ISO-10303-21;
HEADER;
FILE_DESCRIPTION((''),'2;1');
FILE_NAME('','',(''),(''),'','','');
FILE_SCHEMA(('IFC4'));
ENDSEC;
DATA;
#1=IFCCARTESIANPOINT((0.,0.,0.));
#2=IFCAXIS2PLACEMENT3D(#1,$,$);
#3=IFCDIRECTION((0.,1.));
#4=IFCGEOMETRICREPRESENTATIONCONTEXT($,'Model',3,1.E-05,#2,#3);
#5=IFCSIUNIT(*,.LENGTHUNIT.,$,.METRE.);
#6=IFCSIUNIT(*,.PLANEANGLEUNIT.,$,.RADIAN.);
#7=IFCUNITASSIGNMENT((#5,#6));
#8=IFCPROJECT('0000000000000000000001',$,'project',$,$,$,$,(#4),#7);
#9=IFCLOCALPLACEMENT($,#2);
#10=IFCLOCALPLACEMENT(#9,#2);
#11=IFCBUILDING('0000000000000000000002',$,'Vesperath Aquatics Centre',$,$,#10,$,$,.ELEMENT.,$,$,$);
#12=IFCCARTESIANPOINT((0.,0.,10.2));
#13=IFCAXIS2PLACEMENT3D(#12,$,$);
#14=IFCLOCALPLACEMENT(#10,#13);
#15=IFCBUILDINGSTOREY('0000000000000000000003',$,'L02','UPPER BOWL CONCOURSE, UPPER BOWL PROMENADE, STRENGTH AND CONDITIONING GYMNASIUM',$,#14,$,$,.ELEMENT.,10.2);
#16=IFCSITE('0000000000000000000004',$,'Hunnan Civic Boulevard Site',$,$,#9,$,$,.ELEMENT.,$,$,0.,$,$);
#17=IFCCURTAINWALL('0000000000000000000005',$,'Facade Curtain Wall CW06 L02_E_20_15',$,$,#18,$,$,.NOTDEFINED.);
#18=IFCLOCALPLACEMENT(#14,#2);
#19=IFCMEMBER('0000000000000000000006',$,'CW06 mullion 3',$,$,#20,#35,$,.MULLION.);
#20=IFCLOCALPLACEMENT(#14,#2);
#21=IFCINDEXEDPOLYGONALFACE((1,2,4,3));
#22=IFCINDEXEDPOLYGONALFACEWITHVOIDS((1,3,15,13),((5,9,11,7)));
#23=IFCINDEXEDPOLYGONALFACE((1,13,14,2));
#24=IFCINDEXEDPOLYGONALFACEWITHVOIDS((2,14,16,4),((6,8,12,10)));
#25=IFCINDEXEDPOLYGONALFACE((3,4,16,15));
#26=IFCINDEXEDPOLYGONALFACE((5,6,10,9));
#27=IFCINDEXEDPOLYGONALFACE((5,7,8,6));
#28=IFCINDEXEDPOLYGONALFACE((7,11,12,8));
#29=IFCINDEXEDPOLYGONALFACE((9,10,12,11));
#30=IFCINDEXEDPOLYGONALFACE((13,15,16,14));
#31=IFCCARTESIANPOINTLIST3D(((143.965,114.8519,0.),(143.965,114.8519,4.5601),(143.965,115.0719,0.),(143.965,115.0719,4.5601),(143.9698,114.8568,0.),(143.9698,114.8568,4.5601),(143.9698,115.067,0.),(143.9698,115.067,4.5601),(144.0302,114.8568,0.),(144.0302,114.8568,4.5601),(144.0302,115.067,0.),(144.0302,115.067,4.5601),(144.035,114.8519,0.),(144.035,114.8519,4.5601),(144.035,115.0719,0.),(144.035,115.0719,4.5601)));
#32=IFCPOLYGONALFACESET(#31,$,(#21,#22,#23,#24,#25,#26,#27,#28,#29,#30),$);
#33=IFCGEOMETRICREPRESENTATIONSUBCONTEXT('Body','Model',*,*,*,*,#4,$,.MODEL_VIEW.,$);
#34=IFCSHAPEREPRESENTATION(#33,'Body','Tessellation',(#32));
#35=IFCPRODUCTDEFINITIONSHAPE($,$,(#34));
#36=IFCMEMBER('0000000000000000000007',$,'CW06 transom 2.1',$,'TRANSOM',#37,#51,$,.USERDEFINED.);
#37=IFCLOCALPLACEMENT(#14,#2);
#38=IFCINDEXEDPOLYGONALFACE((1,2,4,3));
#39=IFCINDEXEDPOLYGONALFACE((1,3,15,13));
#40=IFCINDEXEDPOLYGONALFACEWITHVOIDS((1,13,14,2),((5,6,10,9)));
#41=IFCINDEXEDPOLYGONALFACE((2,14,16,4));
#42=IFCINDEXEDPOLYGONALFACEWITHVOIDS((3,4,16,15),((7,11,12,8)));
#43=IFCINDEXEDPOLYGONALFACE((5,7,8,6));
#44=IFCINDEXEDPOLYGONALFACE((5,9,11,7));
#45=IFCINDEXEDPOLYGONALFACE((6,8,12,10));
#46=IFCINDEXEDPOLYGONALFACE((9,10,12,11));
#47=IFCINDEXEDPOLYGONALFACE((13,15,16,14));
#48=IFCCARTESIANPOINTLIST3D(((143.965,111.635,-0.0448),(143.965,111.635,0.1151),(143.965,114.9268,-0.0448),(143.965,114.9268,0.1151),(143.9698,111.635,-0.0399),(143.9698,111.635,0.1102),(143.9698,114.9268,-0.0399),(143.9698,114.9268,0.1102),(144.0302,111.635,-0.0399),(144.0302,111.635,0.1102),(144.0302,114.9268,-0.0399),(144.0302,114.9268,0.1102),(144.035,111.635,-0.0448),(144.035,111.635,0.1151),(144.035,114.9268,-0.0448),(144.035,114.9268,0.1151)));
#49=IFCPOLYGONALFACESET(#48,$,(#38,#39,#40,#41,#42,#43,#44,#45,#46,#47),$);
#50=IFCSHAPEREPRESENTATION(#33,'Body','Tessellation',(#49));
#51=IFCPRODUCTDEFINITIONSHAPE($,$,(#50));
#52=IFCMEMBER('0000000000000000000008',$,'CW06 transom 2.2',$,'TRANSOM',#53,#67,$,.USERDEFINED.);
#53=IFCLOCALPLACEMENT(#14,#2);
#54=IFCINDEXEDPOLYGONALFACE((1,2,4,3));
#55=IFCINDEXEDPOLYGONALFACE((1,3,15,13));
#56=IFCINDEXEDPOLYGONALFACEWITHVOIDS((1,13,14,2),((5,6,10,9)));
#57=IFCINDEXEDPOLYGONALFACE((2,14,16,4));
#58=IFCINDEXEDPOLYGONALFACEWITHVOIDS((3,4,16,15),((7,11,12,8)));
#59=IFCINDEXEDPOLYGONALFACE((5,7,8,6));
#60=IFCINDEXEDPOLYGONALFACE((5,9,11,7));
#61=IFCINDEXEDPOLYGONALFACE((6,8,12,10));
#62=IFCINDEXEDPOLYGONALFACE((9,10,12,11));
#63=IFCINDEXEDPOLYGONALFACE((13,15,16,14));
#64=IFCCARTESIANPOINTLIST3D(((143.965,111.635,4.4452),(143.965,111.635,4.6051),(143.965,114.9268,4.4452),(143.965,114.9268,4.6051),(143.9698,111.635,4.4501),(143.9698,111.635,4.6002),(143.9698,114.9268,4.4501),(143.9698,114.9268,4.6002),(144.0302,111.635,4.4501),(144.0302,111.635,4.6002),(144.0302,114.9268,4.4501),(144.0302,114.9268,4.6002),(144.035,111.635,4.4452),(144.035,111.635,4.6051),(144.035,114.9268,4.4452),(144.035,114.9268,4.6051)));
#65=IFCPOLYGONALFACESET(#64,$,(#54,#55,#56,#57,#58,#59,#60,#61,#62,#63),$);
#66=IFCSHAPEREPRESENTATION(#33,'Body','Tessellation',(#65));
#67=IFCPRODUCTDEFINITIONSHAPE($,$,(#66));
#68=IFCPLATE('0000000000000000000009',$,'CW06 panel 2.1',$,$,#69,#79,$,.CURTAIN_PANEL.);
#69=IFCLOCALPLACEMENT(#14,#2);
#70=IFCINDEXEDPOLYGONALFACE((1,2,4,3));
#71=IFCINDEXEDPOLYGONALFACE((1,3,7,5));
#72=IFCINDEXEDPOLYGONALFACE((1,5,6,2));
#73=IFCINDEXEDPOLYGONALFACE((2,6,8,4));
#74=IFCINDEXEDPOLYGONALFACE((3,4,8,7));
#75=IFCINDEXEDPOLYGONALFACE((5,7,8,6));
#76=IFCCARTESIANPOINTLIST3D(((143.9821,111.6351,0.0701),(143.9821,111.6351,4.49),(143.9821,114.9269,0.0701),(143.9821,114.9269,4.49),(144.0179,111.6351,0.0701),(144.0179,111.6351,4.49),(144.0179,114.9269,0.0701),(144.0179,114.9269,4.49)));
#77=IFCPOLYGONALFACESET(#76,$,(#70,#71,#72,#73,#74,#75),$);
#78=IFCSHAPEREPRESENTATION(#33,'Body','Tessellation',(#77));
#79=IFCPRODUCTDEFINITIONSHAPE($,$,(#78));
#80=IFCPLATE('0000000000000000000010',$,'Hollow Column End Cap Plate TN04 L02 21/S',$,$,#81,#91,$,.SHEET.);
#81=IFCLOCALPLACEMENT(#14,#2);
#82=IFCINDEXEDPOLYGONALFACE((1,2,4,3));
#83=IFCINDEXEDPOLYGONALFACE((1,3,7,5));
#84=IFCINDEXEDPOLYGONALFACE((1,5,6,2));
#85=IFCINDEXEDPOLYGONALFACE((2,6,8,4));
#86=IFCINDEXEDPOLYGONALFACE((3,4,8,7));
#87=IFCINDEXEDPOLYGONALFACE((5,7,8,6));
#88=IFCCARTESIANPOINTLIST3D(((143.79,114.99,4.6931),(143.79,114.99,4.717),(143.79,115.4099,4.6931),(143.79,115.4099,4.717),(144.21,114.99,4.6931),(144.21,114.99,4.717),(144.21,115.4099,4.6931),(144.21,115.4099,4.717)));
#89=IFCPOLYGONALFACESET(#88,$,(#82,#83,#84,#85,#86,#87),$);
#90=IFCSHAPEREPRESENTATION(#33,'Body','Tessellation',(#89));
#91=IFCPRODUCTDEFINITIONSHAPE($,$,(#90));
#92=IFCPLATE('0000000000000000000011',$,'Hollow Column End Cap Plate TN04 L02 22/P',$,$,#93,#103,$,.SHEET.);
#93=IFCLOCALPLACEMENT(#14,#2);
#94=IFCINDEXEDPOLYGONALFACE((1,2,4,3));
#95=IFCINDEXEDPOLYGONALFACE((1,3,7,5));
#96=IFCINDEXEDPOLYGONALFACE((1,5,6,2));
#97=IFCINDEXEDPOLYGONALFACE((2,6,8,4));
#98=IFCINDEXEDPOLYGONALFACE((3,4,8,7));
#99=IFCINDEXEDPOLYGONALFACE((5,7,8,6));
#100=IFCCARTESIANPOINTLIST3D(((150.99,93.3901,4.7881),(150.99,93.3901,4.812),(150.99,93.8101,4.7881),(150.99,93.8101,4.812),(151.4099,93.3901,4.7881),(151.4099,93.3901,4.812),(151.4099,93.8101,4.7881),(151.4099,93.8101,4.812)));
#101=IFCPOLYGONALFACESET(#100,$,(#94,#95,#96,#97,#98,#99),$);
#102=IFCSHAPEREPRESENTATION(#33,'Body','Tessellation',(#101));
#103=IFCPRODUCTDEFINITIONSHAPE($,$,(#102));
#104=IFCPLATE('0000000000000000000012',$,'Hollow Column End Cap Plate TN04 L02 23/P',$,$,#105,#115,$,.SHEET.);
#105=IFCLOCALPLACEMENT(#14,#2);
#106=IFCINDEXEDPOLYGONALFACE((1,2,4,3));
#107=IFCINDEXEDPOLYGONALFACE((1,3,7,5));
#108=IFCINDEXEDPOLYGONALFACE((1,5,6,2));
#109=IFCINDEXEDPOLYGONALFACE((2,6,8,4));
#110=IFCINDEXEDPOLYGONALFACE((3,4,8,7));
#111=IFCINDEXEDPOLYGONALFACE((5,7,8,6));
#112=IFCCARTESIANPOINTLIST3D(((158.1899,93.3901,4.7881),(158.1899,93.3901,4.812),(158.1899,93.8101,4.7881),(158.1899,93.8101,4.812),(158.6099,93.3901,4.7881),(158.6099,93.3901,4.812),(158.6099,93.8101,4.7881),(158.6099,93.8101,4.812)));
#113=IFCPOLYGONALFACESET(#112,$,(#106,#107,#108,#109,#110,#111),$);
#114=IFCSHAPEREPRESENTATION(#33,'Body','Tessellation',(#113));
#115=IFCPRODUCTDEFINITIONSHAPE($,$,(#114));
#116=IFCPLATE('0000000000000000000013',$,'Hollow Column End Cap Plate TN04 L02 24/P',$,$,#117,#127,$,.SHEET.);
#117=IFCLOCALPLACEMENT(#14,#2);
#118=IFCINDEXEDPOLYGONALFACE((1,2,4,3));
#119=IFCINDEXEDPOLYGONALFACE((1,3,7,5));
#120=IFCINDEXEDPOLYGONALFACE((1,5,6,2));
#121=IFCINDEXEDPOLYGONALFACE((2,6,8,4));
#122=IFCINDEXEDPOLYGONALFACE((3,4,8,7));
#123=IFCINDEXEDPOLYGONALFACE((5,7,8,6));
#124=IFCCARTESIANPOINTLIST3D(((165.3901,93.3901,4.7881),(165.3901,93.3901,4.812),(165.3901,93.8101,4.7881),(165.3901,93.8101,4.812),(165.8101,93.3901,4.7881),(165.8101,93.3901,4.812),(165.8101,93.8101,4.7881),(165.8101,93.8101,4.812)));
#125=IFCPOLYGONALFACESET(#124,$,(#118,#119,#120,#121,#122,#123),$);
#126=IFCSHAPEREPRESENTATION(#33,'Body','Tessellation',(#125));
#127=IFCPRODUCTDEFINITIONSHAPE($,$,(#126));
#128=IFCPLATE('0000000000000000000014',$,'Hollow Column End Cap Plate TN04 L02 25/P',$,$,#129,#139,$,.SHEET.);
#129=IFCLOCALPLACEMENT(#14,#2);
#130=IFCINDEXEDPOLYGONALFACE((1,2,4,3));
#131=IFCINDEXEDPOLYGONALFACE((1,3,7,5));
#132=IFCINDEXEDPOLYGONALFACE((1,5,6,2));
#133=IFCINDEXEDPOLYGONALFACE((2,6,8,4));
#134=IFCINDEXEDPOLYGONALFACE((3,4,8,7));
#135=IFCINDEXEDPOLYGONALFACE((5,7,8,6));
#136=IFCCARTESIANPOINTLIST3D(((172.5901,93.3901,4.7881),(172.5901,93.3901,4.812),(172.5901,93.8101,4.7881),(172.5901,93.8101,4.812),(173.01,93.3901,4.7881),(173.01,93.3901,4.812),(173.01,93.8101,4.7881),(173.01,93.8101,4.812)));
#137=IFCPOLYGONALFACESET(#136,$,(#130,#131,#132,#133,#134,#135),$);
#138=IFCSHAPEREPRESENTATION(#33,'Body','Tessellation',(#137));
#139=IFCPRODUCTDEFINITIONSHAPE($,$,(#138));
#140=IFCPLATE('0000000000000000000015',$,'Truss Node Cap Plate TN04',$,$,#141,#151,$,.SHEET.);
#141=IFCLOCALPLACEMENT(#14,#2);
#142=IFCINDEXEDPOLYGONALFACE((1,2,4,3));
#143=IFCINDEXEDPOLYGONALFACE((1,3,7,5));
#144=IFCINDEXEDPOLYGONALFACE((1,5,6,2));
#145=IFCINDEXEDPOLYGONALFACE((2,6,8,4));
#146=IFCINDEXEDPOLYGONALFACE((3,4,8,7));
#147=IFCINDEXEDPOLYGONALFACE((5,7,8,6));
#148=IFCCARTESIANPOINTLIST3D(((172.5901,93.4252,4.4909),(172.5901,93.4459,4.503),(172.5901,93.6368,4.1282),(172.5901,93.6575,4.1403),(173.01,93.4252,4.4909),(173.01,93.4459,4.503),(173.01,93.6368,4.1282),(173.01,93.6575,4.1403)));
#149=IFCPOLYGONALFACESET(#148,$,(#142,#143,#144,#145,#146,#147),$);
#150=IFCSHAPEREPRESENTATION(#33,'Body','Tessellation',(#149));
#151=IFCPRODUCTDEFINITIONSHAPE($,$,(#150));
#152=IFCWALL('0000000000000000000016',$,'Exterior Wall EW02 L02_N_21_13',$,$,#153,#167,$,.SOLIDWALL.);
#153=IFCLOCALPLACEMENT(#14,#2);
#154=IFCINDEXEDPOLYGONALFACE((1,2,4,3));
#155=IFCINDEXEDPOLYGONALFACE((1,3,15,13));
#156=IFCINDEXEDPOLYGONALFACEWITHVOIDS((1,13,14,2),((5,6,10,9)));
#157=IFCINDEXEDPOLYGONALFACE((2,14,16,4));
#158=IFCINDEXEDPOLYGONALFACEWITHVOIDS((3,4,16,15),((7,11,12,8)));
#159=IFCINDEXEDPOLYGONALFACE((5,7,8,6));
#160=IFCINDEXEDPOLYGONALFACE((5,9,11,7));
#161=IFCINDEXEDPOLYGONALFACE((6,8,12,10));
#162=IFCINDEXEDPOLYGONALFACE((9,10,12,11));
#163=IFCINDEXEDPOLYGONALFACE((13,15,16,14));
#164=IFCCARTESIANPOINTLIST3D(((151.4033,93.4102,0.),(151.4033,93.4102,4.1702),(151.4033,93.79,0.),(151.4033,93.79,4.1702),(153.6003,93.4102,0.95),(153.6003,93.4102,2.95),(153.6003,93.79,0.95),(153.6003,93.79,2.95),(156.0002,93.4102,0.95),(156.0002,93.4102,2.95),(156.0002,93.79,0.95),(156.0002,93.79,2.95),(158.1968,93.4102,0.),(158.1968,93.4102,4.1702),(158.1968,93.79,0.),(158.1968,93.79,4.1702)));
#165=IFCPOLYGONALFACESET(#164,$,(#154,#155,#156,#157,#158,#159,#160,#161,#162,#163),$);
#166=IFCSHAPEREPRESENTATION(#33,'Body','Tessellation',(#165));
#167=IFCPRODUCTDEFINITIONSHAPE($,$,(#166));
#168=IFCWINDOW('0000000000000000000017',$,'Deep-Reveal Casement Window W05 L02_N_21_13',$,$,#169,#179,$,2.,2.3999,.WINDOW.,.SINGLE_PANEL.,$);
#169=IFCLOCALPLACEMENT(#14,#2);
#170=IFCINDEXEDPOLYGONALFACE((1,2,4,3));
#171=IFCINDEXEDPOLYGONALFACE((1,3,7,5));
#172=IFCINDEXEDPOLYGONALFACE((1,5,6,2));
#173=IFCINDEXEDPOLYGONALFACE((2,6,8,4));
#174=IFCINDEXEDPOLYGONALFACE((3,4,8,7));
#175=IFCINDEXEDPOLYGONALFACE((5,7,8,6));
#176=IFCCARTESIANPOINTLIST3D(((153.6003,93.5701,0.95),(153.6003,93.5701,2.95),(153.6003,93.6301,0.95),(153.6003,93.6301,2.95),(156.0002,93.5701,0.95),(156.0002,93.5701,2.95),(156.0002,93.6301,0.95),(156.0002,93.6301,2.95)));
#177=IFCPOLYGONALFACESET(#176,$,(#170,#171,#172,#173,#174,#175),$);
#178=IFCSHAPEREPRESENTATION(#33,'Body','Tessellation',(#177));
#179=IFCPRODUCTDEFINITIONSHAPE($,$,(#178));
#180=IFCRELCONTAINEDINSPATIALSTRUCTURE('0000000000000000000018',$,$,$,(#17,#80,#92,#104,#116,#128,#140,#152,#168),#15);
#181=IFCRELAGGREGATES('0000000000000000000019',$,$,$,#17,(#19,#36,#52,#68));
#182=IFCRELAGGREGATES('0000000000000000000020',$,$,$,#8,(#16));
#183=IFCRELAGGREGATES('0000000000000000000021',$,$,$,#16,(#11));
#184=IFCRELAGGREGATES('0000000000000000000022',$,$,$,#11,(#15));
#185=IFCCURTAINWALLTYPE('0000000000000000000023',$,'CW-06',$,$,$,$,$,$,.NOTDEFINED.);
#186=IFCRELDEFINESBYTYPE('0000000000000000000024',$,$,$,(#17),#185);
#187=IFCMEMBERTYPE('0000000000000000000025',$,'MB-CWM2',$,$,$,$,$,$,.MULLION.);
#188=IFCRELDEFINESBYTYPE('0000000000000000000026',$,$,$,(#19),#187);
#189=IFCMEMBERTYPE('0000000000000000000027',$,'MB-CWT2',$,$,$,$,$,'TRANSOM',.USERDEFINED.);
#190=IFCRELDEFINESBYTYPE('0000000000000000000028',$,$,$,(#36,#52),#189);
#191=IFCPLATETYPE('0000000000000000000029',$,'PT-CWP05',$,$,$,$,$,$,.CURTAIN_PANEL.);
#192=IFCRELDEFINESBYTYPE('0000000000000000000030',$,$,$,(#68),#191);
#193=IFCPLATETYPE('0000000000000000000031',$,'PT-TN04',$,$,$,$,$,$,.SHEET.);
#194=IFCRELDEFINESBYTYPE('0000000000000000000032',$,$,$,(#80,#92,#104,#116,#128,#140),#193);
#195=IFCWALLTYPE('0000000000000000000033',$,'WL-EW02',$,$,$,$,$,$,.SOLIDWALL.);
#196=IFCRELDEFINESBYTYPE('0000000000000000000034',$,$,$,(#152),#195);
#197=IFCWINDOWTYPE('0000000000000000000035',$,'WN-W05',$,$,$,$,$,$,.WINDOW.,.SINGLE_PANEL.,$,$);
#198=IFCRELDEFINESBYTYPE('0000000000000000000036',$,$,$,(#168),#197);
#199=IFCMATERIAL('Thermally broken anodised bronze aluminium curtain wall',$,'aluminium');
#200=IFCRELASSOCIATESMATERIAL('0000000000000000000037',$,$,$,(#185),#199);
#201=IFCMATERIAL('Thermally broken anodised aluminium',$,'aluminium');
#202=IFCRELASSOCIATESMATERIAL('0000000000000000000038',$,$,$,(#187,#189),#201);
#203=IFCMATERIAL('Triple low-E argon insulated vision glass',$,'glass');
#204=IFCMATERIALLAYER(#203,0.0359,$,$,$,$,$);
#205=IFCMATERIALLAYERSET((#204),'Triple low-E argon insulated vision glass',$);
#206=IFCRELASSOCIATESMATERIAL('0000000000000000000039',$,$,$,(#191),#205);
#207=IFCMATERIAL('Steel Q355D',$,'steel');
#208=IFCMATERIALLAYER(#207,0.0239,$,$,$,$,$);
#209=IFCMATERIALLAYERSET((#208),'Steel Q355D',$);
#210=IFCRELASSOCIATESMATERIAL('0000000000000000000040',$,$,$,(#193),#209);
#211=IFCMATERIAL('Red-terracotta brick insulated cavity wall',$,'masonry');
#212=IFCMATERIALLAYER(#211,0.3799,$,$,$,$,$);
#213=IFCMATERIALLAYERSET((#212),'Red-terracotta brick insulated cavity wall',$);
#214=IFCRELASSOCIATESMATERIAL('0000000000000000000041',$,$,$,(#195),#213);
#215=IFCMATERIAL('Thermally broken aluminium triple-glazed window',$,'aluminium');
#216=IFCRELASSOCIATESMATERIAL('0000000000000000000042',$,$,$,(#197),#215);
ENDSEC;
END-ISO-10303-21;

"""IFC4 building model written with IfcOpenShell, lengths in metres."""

from ifc_helpers import new_model, si_unit, direction, frame, frame_2d, origin, origin_2d, place, context, subcontext, project, spatial, rectangle, hollow_rectangle, extrude, material, layer, layer_set, material_profile, profile_set, type_object, element, fill, aggregate, save


model = new_model("IFC4")

# Units and contexts
model_context = context("Model", 3, precision=1e-05, world=origin(), true_north=direction((0.0, 1.0)))
body_context = subcontext(model_context, "Body", "Model", "MODEL_VIEW")
ifc_project = project(units=[si_unit("LENGTHUNIT", "METRE"), si_unit("PLANEANGLEUNIT", "RADIAN")], contexts=[model_context])

# Site, building, storey
site_placement = place(None, origin())
site = spatial("IfcSite", under=ifc_project, at=site_placement, Name="Hunnan Civic Boulevard Site", CompositionType="ELEMENT", RefElevation=0.0)
building_placement = place(site_placement, origin())
building = spatial("IfcBuilding", under=site, at=building_placement, Name="Vesperath Aquatics Centre", CompositionType="ELEMENT")
storey_placement = place(building_placement, frame((0.0, 0.0, 10.2)))
storey = spatial("IfcBuildingStorey", under=building, at=storey_placement, Name="L02", Description="UPPER BOWL CONCOURSE, UPPER BOWL PROMENADE, STRENGTH AND CONDITIONING GYMNASIUM", CompositionType="ELEMENT", Elevation=10.2)

# Shared definitions
ifc_material_1 = material(Name="Steel Q355D", Category="steel")

# Curtain wall, members, plate
ifc_material_2 = material(Name="Thermally broken anodised bronze aluminium curtain wall", Category="aluminium")
curtain_wall_type = type_object("IfcCurtainWallType", Name="CW-06", PredefinedType="NOTDEFINED", material=ifc_material_2)
curtain_wall_placement = place(storey_placement, origin())
curtain_wall = element("IfcCurtainWall", 1, at=curtain_wall_placement, inside=storey, type_object=curtain_wall_type, Name="Facade Curtain Wall CW06 L02_E_20_15", PredefinedType="NOTDEFINED")
ifc_material_3 = material(Name="Thermally broken anodised aluminium", Category="aluminium")
ifc_material_profile_1 = material_profile(ifc_material_3, hollow_rectangle(XDim=0.0701, YDim=0.22, WallThickness=0.0049, at=origin_2d()), Name="CWM 70x220x5")
ifc_profile_set_1 = profile_set([ifc_material_profile_1], Name="Thermally broken anodised aluminium")
member_type_1 = type_object("IfcMemberType", Name="MB-CWM2", PredefinedType="MULLION", material=ifc_profile_set_1)
member_1_placement = place(storey_placement, frame((144.0, 114.9619, 0.0), z_axis=(0.0, 0.0, 1.0), x_axis=(-1.0, 0.0, 0.0)))
member_1 = element("IfcMember", 2, at=member_1_placement, type_object=member_type_1, Name="CW06 mullion 3", PredefinedType="MULLION", context=body_context, shape_type="SweptSolid", body=[
    extrude(hollow_rectangle(XDim=0.0701, YDim=0.22, WallThickness=0.0049, at=origin_2d()), origin(), (0.0, 0.0, 1.0), 4.5601),
])
ifc_material_profile_2 = material_profile(ifc_material_3, hollow_rectangle(XDim=0.0701, YDim=0.1599, WallThickness=0.0049, at=origin_2d()), Name="CWT 70x160x5")
ifc_profile_set_2 = profile_set([ifc_material_profile_2], Name="Thermally broken anodised aluminium")
member_type_2 = type_object("IfcMemberType", Name="MB-CWT2", ElementType="TRANSOM", PredefinedType="USERDEFINED", material=ifc_profile_set_2)
member_2_placement = place(storey_placement, frame((144.0, 111.635, 0.0352), z_axis=(0.0, 1.0, 0.0), x_axis=(-1.0, 0.0, 0.0)))
member_2 = element("IfcMember", 3, at=member_2_placement, type_object=member_type_2, Name="CW06 transom 2.1", ObjectType="TRANSOM", PredefinedType="USERDEFINED", context=body_context, shape_type="SweptSolid", body=[
    extrude(hollow_rectangle(XDim=0.0701, YDim=0.1599, WallThickness=0.0049, at=origin_2d()), origin(), (0.0, 0.0, 1.0), 3.2917),
])
member_3_placement = place(storey_placement, frame((144.0, 111.635, 4.5251), z_axis=(0.0, 1.0, 0.0), x_axis=(-1.0, 0.0, 0.0)))
member_3 = element("IfcMember", 4, at=member_3_placement, type_object=member_type_2, Name="CW06 transom 2.2", ObjectType="TRANSOM", PredefinedType="USERDEFINED", context=body_context, shape_type="SweptSolid", body=[
    extrude(hollow_rectangle(XDim=0.0701, YDim=0.1599, WallThickness=0.0049, at=origin_2d()), origin(), (0.0, 0.0, 1.0), 3.2917),
])
ifc_material_4 = material(Name="Triple low-E argon insulated vision glass", Category="glass")
ifc_layer_1 = layer(ifc_material_4, 0.0359)
ifc_layer_set_1 = layer_set([ifc_layer_1], Name="Triple low-E argon insulated vision glass")
plate_type_1 = type_object("IfcPlateType", Name="PT-CWP05", PredefinedType="CURTAIN_PANEL", material=ifc_layer_set_1)
plate_placement = place(storey_placement, frame((144.0, 113.281, 0.0701), z_axis=(0.0, 0.0, 1.0), x_axis=(0.0, 1.0, 0.0)))
plate = element("IfcPlate", 5, at=plate_placement, type_object=plate_type_1, Name="CW06 panel 2.1", PredefinedType="CURTAIN_PANEL", context=body_context, shape_type="SweptSolid", body=[
    extrude(rectangle(XDim=3.2917, YDim=0.0359, at=origin_2d()), origin(), (0.0, 0.0, 1.0), 4.4199),
])
aggregate(curtain_wall, [member_1, member_2, member_3, plate])

# Plates
ifc_layer_2 = layer(ifc_material_1, 0.0239)
ifc_layer_set_2 = layer_set([ifc_layer_2], Name="Steel Q355D")
plate_type_2 = type_object("IfcPlateType", Name="PT-TN04", PredefinedType="SHEET", material=ifc_layer_set_2)
for number, where, z_axis, x_axis, name in (
    (6, (144.0, 115.2, 4.6931), (0.0, 0.0, 1.0), (1.0, 0.0, 0.0), "Hollow Column End Cap Plate TN04 L02 21/S"),
    (7, (151.2, 93.6001, 4.7881), (0.0, 0.0, 1.0), (1.0, 0.0, 0.0), "Hollow Column End Cap Plate TN04 L02 22/P"),
    (8, (158.3999, 93.6001, 4.7881), (0.0, 0.0, 1.0), (1.0, 0.0, 0.0), "Hollow Column End Cap Plate TN04 L02 23/P"),
    (9, (165.6001, 93.6001, 4.7881), (0.0, 0.0, 1.0), (1.0, 0.0, 0.0), "Hollow Column End Cap Plate TN04 L02 24/P"),
    (10, (172.8, 93.6001, 4.7881), (0.0, 0.0, 1.0), (1.0, 0.0, 0.0), "Hollow Column End Cap Plate TN04 L02 25/P"),
    (11, (172.8, 93.531, 4.3096), (0.0, 0.863779, 0.503871), (-1.0, 0.0, 0.0), "Truss Node Cap Plate TN04"),
):
    element("IfcPlate", number, at=place(storey_placement, frame(where, z_axis=z_axis, x_axis=x_axis)), inside=storey, type_object=plate_type_2, Name=name, PredefinedType="SHEET", context=body_context, shape_type="SweptSolid", body=[
        extrude(rectangle(XDim=0.4199, YDim=0.4199, at=origin_2d()), origin(), (0.0, 0.0, 1.0), 0.0239),
    ])

# Wall, opening, window
ifc_material_5 = material(Name="Red-terracotta brick insulated cavity wall", Category="masonry")
ifc_layer_3 = layer(ifc_material_5, 0.3799)
ifc_layer_set_3 = layer_set([ifc_layer_3], Name="Red-terracotta brick insulated cavity wall")
wall_type_1 = type_object("IfcWallType", Name="WL-EW02", PredefinedType="SOLIDWALL", material=ifc_layer_set_3)
wall_1_placement = place(storey_placement, frame((151.4033, 93.6001, 0.0), z_axis=(0.0, 0.0, 1.0), x_axis=(1.0, 0.0, 0.0)))
wall_1 = element("IfcWall", 12, at=wall_1_placement, inside=storey, type_object=wall_type_1, Name="Exterior Wall EW02 L02_N_21_13", PredefinedType="SOLIDWALL", context=body_context, shape_type="SweptSolid", body=[
    extrude(rectangle(XDim=6.7935, YDim=0.3799, at=frame_2d((3.3967, 0.0))), origin(), (0.0, 0.0, 1.0), 4.1702),
])
opening_1_placement = place(wall_1_placement, frame((2.197, 0.0, 0.95)))
opening_1 = element("IfcOpeningElement", 13, at=opening_1_placement, cuts=wall_1, PredefinedType="OPENING", context=body_context, shape_type="SweptSolid", body=[
    extrude(rectangle(XDim=2.3999, YDim=2.0, at=frame_2d((1.2, 1.0))), frame((0.0, 0.2048, 0.0), z_axis=(0.0, -1.0, 0.0), x_axis=(1.0, 0.0, 0.0)), (0.0, 0.0, 1.0), 0.4097),
])
ifc_material_6 = material(Name="Thermally broken aluminium triple-glazed window", Category="aluminium")
window_type_1 = type_object("IfcWindowType", Name="WN-W05", PartitioningType="SINGLE_PANEL", PredefinedType="WINDOW", material=ifc_material_6)
window_1_placement = place(opening_1_placement, origin())
window_1 = element("IfcWindow", 14, at=window_1_placement, inside=storey, type_object=window_type_1, Name="Deep-Reveal Casement Window W05 L02_N_21_13", OverallHeight=2.0, OverallWidth=2.3999, PartitioningType="SINGLE_PANEL", PredefinedType="WINDOW", context=body_context, shape_type="SweptSolid", body=[
    extrude(rectangle(XDim=2.3999, YDim=2.0, at=frame_2d((1.2, 1.0))), frame((0.0, 0.03, 0.0), z_axis=(0.0, -1.0, 0.0), x_axis=(1.0, 0.0, 0.0)), (0.0, 0.0, 1.0), 0.0601),
])
fill(opening_1, window_1)

save(model, "model.ifc")
